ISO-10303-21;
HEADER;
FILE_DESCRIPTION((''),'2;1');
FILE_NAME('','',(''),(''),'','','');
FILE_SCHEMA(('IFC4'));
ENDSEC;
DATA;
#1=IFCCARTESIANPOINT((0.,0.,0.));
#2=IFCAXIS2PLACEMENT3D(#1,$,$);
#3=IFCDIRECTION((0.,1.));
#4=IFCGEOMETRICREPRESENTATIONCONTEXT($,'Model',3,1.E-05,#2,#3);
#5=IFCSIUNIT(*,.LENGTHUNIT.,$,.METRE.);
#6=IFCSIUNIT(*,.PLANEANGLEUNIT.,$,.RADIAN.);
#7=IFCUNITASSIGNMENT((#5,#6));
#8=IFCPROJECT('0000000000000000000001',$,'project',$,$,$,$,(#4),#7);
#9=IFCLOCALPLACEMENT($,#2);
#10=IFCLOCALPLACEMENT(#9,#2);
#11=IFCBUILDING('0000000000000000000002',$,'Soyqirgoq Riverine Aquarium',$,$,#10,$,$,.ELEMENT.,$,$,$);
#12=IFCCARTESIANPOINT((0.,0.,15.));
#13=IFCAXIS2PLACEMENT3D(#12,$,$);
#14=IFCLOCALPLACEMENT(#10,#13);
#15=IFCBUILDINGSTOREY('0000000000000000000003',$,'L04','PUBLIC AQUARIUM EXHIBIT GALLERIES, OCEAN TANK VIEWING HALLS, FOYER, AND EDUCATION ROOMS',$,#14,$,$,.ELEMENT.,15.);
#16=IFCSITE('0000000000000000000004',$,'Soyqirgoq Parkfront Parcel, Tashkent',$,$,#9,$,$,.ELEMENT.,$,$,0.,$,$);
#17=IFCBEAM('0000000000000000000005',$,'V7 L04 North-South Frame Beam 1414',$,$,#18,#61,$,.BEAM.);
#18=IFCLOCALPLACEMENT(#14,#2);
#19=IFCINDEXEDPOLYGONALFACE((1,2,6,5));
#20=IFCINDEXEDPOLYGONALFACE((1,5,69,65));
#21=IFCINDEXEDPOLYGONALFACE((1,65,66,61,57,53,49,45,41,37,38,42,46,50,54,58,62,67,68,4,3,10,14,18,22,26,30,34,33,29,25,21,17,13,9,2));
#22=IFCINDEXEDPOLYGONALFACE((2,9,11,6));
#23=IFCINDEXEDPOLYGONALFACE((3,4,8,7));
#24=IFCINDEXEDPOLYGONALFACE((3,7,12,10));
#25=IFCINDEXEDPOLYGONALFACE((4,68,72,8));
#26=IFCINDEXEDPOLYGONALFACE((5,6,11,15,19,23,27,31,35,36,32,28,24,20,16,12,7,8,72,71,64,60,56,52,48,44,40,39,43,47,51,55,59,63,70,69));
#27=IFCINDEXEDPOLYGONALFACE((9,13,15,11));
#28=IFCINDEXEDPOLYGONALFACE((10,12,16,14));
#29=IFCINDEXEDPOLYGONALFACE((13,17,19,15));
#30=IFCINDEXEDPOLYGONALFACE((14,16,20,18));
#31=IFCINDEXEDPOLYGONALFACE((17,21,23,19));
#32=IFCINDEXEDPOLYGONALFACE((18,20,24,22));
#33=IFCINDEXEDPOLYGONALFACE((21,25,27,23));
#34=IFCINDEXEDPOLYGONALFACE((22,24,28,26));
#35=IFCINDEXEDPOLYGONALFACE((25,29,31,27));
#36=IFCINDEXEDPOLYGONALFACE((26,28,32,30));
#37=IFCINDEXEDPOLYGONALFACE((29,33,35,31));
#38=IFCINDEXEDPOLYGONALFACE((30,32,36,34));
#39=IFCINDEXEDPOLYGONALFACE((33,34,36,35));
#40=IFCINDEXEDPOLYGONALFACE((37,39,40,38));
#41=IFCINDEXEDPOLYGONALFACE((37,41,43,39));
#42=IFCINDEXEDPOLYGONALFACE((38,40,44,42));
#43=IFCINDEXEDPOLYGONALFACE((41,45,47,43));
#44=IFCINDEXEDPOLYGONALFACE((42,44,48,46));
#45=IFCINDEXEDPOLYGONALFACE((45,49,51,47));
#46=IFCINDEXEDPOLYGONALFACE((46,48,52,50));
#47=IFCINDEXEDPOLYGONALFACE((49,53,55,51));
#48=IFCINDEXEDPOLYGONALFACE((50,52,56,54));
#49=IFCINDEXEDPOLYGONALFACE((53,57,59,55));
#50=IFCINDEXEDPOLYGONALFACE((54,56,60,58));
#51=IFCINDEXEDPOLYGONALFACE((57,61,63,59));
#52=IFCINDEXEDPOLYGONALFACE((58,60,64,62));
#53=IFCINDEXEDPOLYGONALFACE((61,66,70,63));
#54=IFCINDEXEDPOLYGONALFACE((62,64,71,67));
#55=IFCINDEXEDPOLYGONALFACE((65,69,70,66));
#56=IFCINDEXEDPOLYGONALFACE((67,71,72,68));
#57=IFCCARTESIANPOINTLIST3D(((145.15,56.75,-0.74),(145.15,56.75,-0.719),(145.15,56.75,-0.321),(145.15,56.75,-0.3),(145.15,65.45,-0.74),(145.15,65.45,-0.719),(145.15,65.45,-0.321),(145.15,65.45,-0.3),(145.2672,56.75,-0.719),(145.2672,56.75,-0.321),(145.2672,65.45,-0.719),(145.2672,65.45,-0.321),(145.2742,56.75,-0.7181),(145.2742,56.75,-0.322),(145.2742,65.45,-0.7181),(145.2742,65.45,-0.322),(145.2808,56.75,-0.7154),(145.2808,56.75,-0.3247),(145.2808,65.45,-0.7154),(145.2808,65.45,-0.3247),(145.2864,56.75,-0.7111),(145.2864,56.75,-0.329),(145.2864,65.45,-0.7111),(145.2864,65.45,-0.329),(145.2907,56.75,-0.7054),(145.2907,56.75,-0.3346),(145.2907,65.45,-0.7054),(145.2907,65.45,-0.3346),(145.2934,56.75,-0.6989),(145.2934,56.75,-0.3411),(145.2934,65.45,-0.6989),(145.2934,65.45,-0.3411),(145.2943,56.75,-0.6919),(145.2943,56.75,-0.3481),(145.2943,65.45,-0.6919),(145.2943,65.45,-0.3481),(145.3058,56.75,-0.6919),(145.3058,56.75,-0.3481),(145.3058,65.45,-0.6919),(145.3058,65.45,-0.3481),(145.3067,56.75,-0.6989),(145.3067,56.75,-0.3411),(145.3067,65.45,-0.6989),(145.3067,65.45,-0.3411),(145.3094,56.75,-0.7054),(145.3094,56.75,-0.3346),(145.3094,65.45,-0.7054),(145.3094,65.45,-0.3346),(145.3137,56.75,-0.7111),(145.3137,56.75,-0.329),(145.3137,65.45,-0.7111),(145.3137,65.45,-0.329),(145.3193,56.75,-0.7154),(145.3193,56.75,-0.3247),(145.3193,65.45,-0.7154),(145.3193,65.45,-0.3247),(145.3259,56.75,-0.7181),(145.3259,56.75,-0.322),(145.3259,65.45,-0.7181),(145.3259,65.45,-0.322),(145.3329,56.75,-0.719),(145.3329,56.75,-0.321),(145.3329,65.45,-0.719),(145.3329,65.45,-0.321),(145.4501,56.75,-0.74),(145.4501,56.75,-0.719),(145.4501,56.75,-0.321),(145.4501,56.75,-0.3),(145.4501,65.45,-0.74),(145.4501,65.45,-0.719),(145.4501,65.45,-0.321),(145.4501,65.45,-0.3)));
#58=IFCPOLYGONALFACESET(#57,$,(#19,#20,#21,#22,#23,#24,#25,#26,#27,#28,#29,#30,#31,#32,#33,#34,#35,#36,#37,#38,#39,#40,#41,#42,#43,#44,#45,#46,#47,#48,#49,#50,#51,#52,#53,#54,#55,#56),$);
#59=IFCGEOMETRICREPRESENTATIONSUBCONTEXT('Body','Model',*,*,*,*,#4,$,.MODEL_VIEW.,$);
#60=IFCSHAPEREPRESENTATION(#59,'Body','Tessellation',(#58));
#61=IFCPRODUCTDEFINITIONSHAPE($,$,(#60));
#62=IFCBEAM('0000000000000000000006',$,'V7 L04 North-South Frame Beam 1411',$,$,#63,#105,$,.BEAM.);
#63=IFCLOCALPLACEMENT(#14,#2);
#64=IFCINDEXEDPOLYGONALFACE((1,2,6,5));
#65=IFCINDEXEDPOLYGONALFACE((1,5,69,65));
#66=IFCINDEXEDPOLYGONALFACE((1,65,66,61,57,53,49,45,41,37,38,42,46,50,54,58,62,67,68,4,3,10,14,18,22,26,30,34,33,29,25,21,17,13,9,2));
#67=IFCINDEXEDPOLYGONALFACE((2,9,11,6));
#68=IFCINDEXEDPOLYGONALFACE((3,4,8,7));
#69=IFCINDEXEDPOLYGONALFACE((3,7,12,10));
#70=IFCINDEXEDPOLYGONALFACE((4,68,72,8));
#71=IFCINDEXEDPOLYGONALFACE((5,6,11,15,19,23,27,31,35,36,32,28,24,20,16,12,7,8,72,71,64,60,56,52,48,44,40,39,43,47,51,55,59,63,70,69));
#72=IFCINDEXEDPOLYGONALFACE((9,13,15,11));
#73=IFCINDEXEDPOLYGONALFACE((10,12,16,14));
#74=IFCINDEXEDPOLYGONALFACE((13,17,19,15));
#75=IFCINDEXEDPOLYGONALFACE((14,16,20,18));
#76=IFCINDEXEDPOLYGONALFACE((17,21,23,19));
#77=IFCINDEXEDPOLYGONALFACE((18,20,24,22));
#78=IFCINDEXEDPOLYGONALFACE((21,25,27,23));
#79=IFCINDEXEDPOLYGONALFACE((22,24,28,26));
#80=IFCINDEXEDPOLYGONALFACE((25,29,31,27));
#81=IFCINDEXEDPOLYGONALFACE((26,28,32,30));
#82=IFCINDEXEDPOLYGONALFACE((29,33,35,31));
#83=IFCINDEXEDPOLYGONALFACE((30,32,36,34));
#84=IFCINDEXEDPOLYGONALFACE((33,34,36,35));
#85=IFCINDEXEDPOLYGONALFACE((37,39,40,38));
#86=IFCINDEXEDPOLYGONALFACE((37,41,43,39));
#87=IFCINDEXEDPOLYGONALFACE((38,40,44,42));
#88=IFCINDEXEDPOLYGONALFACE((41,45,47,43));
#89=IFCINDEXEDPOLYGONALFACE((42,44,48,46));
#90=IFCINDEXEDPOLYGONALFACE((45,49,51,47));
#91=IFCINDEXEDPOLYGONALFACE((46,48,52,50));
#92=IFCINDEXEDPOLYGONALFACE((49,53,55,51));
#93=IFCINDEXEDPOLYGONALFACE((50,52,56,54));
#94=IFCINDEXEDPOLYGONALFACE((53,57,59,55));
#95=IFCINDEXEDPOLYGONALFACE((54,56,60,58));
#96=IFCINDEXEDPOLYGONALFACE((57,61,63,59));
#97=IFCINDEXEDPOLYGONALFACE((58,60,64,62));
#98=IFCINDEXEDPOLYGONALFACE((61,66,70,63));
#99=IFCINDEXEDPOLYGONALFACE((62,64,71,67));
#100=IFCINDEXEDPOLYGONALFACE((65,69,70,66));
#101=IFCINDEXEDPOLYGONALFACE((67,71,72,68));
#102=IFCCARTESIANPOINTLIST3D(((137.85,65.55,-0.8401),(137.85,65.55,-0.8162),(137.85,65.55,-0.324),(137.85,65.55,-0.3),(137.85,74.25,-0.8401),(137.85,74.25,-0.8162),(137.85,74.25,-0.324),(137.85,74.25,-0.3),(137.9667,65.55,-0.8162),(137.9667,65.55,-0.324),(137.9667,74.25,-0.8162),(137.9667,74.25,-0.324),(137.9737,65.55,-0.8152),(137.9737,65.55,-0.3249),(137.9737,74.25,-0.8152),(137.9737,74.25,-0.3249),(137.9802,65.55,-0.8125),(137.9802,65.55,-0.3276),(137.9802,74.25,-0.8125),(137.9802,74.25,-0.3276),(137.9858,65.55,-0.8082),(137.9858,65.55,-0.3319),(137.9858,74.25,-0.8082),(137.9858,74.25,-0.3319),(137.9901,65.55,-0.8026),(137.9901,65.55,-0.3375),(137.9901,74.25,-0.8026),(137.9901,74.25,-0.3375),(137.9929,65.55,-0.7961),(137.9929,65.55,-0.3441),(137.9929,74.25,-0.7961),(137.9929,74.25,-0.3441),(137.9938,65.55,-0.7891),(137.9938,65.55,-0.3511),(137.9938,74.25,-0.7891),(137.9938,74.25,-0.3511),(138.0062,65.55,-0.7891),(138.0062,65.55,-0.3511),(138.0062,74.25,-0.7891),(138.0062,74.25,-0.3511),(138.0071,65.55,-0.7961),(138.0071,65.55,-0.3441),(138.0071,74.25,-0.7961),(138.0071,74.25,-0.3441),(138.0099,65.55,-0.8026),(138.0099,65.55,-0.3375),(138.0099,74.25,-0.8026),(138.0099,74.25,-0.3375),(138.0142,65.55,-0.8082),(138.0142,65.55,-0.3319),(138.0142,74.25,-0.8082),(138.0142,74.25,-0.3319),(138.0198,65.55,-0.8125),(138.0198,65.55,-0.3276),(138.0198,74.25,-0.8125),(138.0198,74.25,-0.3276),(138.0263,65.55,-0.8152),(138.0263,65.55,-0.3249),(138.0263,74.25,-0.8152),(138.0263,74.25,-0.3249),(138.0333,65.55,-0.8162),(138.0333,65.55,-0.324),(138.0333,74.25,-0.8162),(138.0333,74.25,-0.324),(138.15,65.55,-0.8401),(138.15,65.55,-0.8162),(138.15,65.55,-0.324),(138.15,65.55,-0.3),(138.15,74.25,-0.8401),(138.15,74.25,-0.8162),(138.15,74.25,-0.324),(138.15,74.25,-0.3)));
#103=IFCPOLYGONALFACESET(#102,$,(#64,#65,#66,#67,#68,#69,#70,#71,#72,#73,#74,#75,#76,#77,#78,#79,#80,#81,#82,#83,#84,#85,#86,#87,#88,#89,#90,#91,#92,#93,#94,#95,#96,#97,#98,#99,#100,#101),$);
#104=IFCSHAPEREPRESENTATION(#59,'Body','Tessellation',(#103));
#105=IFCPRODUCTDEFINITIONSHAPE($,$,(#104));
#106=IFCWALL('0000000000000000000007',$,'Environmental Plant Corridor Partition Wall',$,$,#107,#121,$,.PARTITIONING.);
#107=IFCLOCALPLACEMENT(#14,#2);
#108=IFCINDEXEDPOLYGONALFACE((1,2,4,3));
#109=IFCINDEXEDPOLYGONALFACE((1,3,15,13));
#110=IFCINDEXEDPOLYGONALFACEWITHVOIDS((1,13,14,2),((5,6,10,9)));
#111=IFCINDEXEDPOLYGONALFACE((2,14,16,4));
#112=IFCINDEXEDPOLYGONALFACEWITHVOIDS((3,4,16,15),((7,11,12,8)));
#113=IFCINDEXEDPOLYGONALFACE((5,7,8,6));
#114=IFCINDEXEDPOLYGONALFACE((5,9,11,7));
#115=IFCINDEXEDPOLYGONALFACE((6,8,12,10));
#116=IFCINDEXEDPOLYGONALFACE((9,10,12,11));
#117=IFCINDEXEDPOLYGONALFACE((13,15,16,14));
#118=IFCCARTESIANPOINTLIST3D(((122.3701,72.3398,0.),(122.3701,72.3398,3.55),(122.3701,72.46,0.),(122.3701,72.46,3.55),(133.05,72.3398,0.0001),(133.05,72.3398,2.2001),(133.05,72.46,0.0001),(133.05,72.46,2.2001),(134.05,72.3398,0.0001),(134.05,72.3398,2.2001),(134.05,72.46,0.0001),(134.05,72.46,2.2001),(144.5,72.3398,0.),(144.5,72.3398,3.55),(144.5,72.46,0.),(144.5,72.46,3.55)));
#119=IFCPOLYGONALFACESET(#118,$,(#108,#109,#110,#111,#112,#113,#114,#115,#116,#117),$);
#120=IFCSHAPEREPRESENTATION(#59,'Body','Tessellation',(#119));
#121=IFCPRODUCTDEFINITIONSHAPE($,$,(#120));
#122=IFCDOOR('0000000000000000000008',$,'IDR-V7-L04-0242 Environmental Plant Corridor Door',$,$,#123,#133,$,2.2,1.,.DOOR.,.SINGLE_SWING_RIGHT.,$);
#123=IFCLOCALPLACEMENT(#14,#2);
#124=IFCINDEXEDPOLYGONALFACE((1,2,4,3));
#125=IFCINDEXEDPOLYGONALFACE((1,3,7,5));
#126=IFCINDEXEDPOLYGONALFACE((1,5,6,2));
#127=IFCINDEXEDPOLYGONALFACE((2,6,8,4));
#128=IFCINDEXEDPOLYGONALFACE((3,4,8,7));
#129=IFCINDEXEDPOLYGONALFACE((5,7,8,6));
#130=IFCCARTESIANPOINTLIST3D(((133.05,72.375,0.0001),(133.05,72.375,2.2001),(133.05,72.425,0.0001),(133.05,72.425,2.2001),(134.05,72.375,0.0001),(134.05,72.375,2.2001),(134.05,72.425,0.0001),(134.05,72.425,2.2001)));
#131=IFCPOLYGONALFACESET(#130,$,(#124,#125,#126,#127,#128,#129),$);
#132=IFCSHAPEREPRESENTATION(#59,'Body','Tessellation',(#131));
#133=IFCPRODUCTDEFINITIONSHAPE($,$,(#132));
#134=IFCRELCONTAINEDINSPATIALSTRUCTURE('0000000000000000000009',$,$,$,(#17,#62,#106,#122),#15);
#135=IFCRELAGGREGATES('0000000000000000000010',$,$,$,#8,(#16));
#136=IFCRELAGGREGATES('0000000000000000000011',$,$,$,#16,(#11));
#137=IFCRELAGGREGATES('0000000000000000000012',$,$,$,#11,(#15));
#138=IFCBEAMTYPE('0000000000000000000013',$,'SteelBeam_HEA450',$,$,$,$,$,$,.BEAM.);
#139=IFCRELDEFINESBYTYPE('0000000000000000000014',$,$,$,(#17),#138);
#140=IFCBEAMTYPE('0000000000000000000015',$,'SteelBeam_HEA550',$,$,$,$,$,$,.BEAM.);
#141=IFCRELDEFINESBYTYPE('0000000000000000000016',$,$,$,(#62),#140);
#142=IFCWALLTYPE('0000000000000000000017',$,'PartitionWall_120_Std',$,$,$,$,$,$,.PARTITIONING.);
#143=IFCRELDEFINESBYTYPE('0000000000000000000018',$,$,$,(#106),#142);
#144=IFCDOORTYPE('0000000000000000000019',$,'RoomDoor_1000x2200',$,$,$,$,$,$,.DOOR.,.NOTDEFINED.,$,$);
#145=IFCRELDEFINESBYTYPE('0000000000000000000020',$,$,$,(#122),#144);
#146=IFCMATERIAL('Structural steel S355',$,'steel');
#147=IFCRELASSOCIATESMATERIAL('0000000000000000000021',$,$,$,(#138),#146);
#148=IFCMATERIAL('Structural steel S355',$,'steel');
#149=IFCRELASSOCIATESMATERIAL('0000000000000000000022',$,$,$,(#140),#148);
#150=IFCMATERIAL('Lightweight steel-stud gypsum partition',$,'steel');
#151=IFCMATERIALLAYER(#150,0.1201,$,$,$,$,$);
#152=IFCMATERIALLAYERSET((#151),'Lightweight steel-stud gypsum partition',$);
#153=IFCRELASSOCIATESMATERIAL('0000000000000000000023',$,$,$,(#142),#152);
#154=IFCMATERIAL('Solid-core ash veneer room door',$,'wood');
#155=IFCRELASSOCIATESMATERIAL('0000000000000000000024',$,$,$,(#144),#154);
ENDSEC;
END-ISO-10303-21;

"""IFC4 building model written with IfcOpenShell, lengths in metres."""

from ifc_helpers import new_model, si_unit, direction, frame, frame_2d, origin, origin_2d, place, context, subcontext, project, spatial, rectangle, i_section, extrude, material, layer, layer_set, material_profile, profile_set, type_object, element, fill, save


model = new_model("IFC4")

# Units and contexts
model_context = context("Model", 3, precision=1e-05, world=origin(), true_north=direction((0.0, 1.0)))
body_context = subcontext(model_context, "Body", "Model", "MODEL_VIEW")
ifc_project = project(units=[si_unit("LENGTHUNIT", "METRE"), si_unit("PLANEANGLEUNIT", "RADIAN")], contexts=[model_context])

# Site, building, storey
site_placement = place(None, origin())
site = spatial("IfcSite", under=ifc_project, at=site_placement, Name="Soyqirgoq Parkfront Parcel, Tashkent", CompositionType="ELEMENT", RefElevation=0.0)
building_placement = place(site_placement, origin())
building = spatial("IfcBuilding", under=site, at=building_placement, Name="Soyqirgoq Riverine Aquarium", CompositionType="ELEMENT")
storey_placement = place(building_placement, frame((0.0, 0.0, 15.0)))
storey = spatial("IfcBuildingStorey", under=building, at=storey_placement, Name="L04", Description="PUBLIC AQUARIUM EXHIBIT GALLERIES, OCEAN TANK VIEWING HALLS, FOYER, AND EDUCATION ROOMS", CompositionType="ELEMENT", Elevation=15.0)

# Beams
ifc_material_1 = material(Name="Structural steel S355", Category="steel")
ifc_material_profile_1 = material_profile(ifc_material_1, i_section(OverallWidth=0.3, OverallDepth=0.4399, WebThickness=0.0115, FlangeThickness=0.021, FilletRadius=0.0271, at=origin_2d()), Name="HEA 450")
ifc_profile_set_1 = profile_set([ifc_material_profile_1], Name="Structural steel S355")
beam_type_1 = type_object("IfcBeamType", Name="SteelBeam_HEA450", PredefinedType="BEAM", material=ifc_profile_set_1)
beam_1_placement = place(storey_placement, frame((145.3, 56.75, -0.52), z_axis=(0.0, 1.0, 0.0), x_axis=(-1.0, 0.0, 0.0)))
element("IfcBeam", 1, at=beam_1_placement, inside=storey, type_object=beam_type_1, Name="V7 L04 North-South Frame Beam 1414", PredefinedType="BEAM", context=body_context, shape_type="SweptSolid", body=[
    extrude(i_section(OverallWidth=0.3, OverallDepth=0.4399, WebThickness=0.0115, FlangeThickness=0.021, FilletRadius=0.0271, at=origin_2d()), origin(), (0.0, 0.0, 1.0), 8.7),
])
ifc_material_2 = material(Name="Structural steel S355", Category="steel")
ifc_material_profile_2 = material_profile(ifc_material_2, i_section(OverallWidth=0.3, OverallDepth=0.54, WebThickness=0.0125, FlangeThickness=0.0239, FilletRadius=0.0271, at=origin_2d()), Name="HEA 550")
ifc_profile_set_2 = profile_set([ifc_material_profile_2], Name="Structural steel S355")
beam_type_2 = type_object("IfcBeamType", Name="SteelBeam_HEA550", PredefinedType="BEAM", material=ifc_profile_set_2)
beam_2_placement = place(storey_placement, frame((138.0, 65.55, -0.5701), z_axis=(0.0, 1.0, 0.0), x_axis=(-1.0, 0.0, 0.0)))
element("IfcBeam", 2, at=beam_2_placement, inside=storey, type_object=beam_type_2, Name="V7 L04 North-South Frame Beam 1411", PredefinedType="BEAM", context=body_context, shape_type="SweptSolid", body=[
    extrude(i_section(OverallWidth=0.3, OverallDepth=0.54, WebThickness=0.0125, FlangeThickness=0.0239, FilletRadius=0.0271, at=origin_2d()), origin(), (0.0, 0.0, 1.0), 8.7),
])

# Wall, opening, door
ifc_material_3 = material(Name="Lightweight steel-stud gypsum partition", Category="steel")
ifc_layer_1 = layer(ifc_material_3, 0.1201)
ifc_layer_set_1 = layer_set([ifc_layer_1], Name="Lightweight steel-stud gypsum partition")
wall_type_1 = type_object("IfcWallType", Name="PartitionWall_120_Std", PredefinedType="PARTITIONING", material=ifc_layer_set_1)
wall_1_placement = place(storey_placement, frame((144.5, 72.3999, 0.0), z_axis=(0.0, 0.0, 1.0), x_axis=(-1.0, 0.0, 0.0)))
wall_1 = element("IfcWall", 3, at=wall_1_placement, inside=storey, type_object=wall_type_1, Name="Environmental Plant Corridor Partition Wall", PredefinedType="PARTITIONING", context=body_context, shape_type="SweptSolid", body=[
    extrude(rectangle(XDim=22.1299, YDim=0.1201, at=frame_2d((11.0649, 0.0))), origin(), (0.0, 0.0, 1.0), 3.55),
])
opening_1_placement = place(wall_1_placement, frame((10.45, 0.0, 0.0)))
opening_1 = element("IfcOpeningElement", 4, at=opening_1_placement, cuts=wall_1, PredefinedType="OPENING", context=body_context, shape_type="SweptSolid", body=[
    extrude(rectangle(XDim=1.0, YDim=2.2, at=frame_2d((0.5, 1.1001))), frame((0.0, 0.0701, 0.0), z_axis=(0.0, -1.0, 0.0), x_axis=(1.0, 0.0, 0.0)), (0.0, 0.0, 1.0), 0.1401),
])
ifc_material_4 = material(Name="Solid-core ash veneer room door", Category="wood")
door_type_1 = type_object("IfcDoorType", Name="RoomDoor_1000x2200", OperationType="NOTDEFINED", PredefinedType="DOOR", material=ifc_material_4)
door_1_placement = place(opening_1_placement, origin())
door_1 = element("IfcDoor", 5, at=door_1_placement, inside=storey, type_object=door_type_1, Name="IDR-V7-L04-0242 Environmental Plant Corridor Door", OperationType="SINGLE_SWING_RIGHT", OverallHeight=2.2, OverallWidth=1.0, PredefinedType="DOOR", context=body_context, shape_type="SweptSolid", body=[
    extrude(rectangle(XDim=1.0, YDim=2.2, at=frame_2d((0.5, 1.1001))), frame((0.0, 0.0249, 0.0), z_axis=(0.0, -1.0, 0.0), x_axis=(1.0, 0.0, 0.0)), (0.0, 0.0, 1.0), 0.05),
])
fill(opening_1, door_1)

save(model, "model.ifc")
